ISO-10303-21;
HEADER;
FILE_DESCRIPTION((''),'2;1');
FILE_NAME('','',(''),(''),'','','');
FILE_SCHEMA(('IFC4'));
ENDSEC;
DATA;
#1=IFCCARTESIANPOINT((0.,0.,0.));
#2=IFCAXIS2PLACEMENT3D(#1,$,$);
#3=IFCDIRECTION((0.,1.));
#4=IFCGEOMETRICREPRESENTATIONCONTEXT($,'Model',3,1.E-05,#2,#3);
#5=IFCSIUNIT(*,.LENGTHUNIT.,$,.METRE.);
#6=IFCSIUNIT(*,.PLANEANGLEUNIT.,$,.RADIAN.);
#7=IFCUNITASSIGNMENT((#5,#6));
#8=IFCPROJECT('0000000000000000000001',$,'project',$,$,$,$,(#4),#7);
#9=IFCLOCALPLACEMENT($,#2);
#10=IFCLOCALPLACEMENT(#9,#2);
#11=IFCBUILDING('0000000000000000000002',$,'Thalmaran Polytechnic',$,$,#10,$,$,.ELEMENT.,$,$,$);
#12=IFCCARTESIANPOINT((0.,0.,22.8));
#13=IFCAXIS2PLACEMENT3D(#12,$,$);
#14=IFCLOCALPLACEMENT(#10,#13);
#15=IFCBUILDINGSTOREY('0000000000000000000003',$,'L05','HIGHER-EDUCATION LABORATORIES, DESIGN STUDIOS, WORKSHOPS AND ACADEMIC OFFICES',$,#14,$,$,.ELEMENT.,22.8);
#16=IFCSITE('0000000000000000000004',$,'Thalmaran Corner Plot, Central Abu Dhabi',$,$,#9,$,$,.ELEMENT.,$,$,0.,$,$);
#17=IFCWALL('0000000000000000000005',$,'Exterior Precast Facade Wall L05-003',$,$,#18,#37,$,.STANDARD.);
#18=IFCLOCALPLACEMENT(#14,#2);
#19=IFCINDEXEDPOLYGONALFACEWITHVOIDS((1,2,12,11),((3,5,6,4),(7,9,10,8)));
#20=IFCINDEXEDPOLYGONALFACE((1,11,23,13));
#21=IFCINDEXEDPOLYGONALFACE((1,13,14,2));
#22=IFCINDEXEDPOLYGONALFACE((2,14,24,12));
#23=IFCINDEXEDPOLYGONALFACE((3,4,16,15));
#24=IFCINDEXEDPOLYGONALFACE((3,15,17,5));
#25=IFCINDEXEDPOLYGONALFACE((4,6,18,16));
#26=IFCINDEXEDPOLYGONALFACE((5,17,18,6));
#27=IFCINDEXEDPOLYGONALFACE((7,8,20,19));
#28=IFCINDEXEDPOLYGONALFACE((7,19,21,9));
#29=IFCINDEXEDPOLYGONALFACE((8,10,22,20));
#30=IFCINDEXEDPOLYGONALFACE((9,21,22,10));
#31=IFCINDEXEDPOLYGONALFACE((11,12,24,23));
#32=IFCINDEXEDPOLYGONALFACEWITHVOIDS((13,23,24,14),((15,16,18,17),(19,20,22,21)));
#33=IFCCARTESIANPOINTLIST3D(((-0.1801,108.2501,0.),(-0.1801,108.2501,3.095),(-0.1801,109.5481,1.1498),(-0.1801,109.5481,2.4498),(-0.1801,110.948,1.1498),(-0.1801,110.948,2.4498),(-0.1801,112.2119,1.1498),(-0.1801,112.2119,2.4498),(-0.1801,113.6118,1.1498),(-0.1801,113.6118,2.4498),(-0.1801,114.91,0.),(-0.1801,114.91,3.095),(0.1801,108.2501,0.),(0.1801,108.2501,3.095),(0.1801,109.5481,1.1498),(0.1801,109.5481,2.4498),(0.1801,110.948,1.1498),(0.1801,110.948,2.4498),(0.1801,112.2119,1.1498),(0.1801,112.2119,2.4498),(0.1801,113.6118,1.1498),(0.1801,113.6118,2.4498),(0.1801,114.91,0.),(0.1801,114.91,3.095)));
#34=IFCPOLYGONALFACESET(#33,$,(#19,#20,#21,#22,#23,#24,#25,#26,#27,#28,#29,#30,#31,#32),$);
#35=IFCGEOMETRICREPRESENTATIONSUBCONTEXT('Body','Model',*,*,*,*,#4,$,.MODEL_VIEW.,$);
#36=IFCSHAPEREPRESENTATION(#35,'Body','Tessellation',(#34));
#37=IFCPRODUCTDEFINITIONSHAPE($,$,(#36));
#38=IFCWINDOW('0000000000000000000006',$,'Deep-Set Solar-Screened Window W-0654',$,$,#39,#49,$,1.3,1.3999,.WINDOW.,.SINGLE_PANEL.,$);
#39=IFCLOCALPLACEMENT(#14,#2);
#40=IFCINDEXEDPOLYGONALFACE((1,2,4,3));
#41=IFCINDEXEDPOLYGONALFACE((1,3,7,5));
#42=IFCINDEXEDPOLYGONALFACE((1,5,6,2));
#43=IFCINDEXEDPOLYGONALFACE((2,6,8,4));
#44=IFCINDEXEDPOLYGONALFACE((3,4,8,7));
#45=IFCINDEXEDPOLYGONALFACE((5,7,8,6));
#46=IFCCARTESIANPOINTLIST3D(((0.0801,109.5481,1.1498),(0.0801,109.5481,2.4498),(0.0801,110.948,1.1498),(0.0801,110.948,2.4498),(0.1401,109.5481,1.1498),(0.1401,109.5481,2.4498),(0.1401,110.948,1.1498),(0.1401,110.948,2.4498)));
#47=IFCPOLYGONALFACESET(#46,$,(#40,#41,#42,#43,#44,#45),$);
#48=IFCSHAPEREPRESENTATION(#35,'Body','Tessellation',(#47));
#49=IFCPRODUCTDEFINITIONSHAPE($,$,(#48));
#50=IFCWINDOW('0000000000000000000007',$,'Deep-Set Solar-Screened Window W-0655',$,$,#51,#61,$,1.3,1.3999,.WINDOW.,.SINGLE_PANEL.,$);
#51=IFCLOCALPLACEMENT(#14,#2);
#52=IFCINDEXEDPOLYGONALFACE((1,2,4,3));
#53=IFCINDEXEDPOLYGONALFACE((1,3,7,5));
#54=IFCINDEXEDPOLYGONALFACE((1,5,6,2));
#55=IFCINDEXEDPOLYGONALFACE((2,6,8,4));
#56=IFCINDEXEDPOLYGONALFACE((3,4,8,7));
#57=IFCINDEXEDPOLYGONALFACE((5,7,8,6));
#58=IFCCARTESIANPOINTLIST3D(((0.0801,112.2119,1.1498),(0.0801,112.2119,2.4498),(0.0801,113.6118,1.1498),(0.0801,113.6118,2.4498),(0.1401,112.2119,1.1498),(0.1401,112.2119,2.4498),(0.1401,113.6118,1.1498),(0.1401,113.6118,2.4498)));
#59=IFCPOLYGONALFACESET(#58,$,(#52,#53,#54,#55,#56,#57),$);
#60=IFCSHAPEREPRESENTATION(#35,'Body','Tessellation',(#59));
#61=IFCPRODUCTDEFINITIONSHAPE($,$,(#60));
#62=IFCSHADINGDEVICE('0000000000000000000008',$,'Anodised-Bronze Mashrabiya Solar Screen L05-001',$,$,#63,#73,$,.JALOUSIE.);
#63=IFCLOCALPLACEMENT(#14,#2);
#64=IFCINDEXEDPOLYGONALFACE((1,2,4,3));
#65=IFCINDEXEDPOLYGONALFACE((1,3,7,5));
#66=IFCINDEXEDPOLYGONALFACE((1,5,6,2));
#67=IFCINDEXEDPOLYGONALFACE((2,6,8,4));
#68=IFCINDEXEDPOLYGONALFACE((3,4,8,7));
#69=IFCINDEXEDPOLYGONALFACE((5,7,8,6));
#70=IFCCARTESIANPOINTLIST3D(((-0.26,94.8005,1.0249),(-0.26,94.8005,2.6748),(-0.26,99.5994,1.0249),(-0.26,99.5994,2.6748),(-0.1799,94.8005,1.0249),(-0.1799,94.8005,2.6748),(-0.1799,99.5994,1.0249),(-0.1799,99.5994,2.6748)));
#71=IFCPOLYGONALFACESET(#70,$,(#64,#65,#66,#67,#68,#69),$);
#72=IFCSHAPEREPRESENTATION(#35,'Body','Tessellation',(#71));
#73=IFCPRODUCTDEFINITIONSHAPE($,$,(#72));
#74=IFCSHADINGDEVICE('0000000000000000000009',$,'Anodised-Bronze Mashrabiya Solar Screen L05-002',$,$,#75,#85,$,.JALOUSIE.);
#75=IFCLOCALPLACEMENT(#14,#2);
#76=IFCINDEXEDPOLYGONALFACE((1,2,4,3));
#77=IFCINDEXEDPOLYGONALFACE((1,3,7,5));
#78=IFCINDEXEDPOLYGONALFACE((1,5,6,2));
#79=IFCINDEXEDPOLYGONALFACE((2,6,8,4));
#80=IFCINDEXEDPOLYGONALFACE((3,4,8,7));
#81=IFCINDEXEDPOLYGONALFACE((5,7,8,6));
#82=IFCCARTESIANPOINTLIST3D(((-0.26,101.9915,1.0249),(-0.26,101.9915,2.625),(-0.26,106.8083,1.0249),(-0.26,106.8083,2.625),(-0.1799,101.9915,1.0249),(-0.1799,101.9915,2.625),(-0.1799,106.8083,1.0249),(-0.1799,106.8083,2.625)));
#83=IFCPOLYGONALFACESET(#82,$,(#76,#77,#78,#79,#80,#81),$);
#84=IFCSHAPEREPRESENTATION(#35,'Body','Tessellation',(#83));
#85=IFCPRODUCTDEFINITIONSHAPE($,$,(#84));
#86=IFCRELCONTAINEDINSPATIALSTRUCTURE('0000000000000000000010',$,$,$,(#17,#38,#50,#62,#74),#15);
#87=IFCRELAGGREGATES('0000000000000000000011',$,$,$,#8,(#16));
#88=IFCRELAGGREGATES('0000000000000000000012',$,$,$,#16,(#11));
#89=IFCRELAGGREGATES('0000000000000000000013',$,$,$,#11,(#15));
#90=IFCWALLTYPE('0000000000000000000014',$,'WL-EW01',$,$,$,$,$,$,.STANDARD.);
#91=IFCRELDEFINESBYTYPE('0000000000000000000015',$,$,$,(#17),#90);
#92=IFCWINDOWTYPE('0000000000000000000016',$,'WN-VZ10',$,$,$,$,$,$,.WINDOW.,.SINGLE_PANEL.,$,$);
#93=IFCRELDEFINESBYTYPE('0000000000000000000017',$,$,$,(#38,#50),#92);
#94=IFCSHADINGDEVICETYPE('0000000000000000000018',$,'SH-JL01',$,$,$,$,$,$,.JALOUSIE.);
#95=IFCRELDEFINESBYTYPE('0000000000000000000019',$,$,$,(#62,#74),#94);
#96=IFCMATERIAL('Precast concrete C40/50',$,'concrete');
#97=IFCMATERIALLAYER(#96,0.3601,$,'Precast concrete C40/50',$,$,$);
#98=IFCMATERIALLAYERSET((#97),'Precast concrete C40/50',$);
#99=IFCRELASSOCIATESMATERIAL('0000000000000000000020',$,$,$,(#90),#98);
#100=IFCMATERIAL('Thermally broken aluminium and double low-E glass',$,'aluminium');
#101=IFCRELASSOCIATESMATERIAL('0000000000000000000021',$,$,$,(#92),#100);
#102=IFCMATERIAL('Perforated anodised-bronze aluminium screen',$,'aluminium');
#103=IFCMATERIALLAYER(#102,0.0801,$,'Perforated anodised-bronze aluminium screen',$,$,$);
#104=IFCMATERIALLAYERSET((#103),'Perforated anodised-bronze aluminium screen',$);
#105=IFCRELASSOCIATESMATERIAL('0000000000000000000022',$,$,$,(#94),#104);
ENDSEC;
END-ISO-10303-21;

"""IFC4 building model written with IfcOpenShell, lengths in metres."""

from ifc_helpers import new_model, si_unit, direction, frame, frame_2d, origin, origin_2d, place, context, subcontext, project, spatial, rectangle, extrude, material, layer, layer_set, type_object, element, fill, save


model = new_model("IFC4")

# Units and contexts
model_context = context("Model", 3, precision=1e-05, world=origin(), true_north=direction((0.0, 1.0)))
body_context = subcontext(model_context, "Body", "Model", "MODEL_VIEW")
ifc_project = project(units=[si_unit("LENGTHUNIT", "METRE"), si_unit("PLANEANGLEUNIT", "RADIAN")], contexts=[model_context])

# Site, building, storey
site_placement = place(None, origin())
site = spatial("IfcSite", under=ifc_project, at=site_placement, Name="Thalmaran Corner Plot, Central Abu Dhabi", CompositionType="ELEMENT", RefElevation=0.0)
building_placement = place(site_placement, origin())
building = spatial("IfcBuilding", under=site, at=building_placement, Name="Thalmaran Polytechnic", CompositionType="ELEMENT")
storey_placement = place(building_placement, frame((0.0, 0.0, 22.8)))
storey = spatial("IfcBuildingStorey", under=building, at=storey_placement, Name="L05", Description="HIGHER-EDUCATION LABORATORIES, DESIGN STUDIOS, WORKSHOPS AND ACADEMIC OFFICES", CompositionType="ELEMENT", Elevation=22.8)

# Wall, openings, windows
ifc_material_1 = material(Name="Precast concrete C40/50", Category="concrete")
ifc_layer_1 = layer(ifc_material_1, 0.3601, Name="Precast concrete C40/50")
ifc_layer_set_1 = layer_set([ifc_layer_1], Name="Precast concrete C40/50")
wall_type = type_object("IfcWallType", Name="WL-EW01", PredefinedType="STANDARD", material=ifc_layer_set_1)
ifc_material_2 = material(Name="Thermally broken aluminium and double low-E glass", Category="aluminium")
wall_1_placement = place(storey_placement, frame((0.0, 108.25, 0.0), z_axis=(0.0, 0.0, 1.0), x_axis=(0.0, 1.0, 0.0)))
wall_1 = element("IfcWall", 1, at=wall_1_placement, inside=storey, type_object=wall_type, Name="Exterior Precast Facade Wall L05-003", PredefinedType="STANDARD", context=body_context, shape_type="SweptSolid", body=[
    extrude(rectangle(XDim=6.6599, YDim=0.3601, at=frame_2d((3.3301, 0.0))), origin(), (0.0, 0.0, 1.0), 3.095),
])
opening_1_placement = place(wall_1_placement, frame((1.2981, 0.0, 1.1499)))
opening_1 = element("IfcOpeningElement", 2, at=opening_1_placement, cuts=wall_1, PredefinedType="OPENING", context=body_context, shape_type="SweptSolid", body=[
    extrude(rectangle(XDim=1.3999, YDim=1.3, at=frame_2d((0.7, 0.6499))), frame((0.0, 0.1899, 0.0), z_axis=(0.0, -1.0, 0.0), x_axis=(1.0, 0.0, 0.0)), (0.0, 0.0, 1.0), 0.3801),
])
opening_2_placement = place(wall_1_placement, frame((3.9619, 0.0, 1.1499)))
opening_2 = element("IfcOpeningElement", 3, at=opening_2_placement, cuts=wall_1, PredefinedType="OPENING", context=body_context, shape_type="SweptSolid", body=[
    extrude(rectangle(XDim=1.3999, YDim=1.3, at=frame_2d((0.7, 0.6499))), frame((0.0, 0.1899, 0.0), z_axis=(0.0, -1.0, 0.0), x_axis=(1.0, 0.0, 0.0)), (0.0, 0.0, 1.0), 0.3801),
])
window_type_1 = type_object("IfcWindowType", Name="WN-VZ10", PartitioningType="SINGLE_PANEL", PredefinedType="WINDOW", material=ifc_material_2)
window_1_placement = place(opening_1_placement, origin())
window_1 = element("IfcWindow", 4, at=window_1_placement, inside=storey, type_object=window_type_1, Name="Deep-Set Solar-Screened Window W-0654", OverallHeight=1.3, OverallWidth=1.3999, PartitioningType="SINGLE_PANEL", PredefinedType="WINDOW", context=body_context, shape_type="SweptSolid", body=[
    extrude(rectangle(XDim=1.3999, YDim=1.3, at=frame_2d((0.7, 0.6499))), frame((0.0, -0.0801, 0.0), z_axis=(0.0, -1.0, 0.0), x_axis=(1.0, 0.0, 0.0)), (0.0, 0.0, 1.0), 0.0601),
])
fill(opening_1, window_1)
window_2_placement = place(opening_2_placement, origin())
window_2 = element("IfcWindow", 5, at=window_2_placement, inside=storey, type_object=window_type_1, Name="Deep-Set Solar-Screened Window W-0655", OverallHeight=1.3, OverallWidth=1.3999, PartitioningType="SINGLE_PANEL", PredefinedType="WINDOW", context=body_context, shape_type="SweptSolid", body=[
    extrude(rectangle(XDim=1.3999, YDim=1.3, at=frame_2d((0.7, 0.6499))), frame((0.0, -0.0801, 0.0), z_axis=(0.0, -1.0, 0.0), x_axis=(1.0, 0.0, 0.0)), (0.0, 0.0, 1.0), 0.0601),
])
fill(opening_2, window_2)

# Shading devices
ifc_material_3 = material(Name="Perforated anodised-bronze aluminium screen", Category="aluminium")
ifc_layer_2 = layer(ifc_material_3, 0.0801, Name="Perforated anodised-bronze aluminium screen")
ifc_layer_set_2 = layer_set([ifc_layer_2], Name="Perforated anodised-bronze aluminium screen")
shading_device_type = type_object("IfcShadingDeviceType", Name="SH-JL01", PredefinedType="JALOUSIE", material=ifc_layer_set_2)
shading_device_1_placement = place(storey_placement, frame((-0.22, 97.2, 1.0249), z_axis=(0.0, 0.0, 1.0), x_axis=(0.0, 1.0, 0.0)))
element("IfcShadingDevice", 6, at=shading_device_1_placement, inside=storey, type_object=shading_device_type, Name="Anodised-Bronze Mashrabiya Solar Screen L05-001", PredefinedType="JALOUSIE", context=body_context, shape_type="SweptSolid", body=[
    extrude(rectangle(XDim=4.7988, YDim=0.0801, at=origin_2d()), origin(), (0.0, 0.0, 1.0), 1.6499),
])
shading_device_2_placement = place(storey_placement, frame((-0.22, 104.3999, 1.0249), z_axis=(0.0, 0.0, 1.0), x_axis=(0.0, 1.0, 0.0)))
element("IfcShadingDevice", 7, at=shading_device_2_placement, inside=storey, type_object=shading_device_type, Name="Anodised-Bronze Mashrabiya Solar Screen L05-002", PredefinedType="JALOUSIE", context=body_context, shape_type="SweptSolid", body=[
    extrude(rectangle(XDim=4.8169, YDim=0.0801, at=origin_2d()), origin(), (0.0, 0.0, 1.0), 1.6001),
])

save(model, "model.ifc")
